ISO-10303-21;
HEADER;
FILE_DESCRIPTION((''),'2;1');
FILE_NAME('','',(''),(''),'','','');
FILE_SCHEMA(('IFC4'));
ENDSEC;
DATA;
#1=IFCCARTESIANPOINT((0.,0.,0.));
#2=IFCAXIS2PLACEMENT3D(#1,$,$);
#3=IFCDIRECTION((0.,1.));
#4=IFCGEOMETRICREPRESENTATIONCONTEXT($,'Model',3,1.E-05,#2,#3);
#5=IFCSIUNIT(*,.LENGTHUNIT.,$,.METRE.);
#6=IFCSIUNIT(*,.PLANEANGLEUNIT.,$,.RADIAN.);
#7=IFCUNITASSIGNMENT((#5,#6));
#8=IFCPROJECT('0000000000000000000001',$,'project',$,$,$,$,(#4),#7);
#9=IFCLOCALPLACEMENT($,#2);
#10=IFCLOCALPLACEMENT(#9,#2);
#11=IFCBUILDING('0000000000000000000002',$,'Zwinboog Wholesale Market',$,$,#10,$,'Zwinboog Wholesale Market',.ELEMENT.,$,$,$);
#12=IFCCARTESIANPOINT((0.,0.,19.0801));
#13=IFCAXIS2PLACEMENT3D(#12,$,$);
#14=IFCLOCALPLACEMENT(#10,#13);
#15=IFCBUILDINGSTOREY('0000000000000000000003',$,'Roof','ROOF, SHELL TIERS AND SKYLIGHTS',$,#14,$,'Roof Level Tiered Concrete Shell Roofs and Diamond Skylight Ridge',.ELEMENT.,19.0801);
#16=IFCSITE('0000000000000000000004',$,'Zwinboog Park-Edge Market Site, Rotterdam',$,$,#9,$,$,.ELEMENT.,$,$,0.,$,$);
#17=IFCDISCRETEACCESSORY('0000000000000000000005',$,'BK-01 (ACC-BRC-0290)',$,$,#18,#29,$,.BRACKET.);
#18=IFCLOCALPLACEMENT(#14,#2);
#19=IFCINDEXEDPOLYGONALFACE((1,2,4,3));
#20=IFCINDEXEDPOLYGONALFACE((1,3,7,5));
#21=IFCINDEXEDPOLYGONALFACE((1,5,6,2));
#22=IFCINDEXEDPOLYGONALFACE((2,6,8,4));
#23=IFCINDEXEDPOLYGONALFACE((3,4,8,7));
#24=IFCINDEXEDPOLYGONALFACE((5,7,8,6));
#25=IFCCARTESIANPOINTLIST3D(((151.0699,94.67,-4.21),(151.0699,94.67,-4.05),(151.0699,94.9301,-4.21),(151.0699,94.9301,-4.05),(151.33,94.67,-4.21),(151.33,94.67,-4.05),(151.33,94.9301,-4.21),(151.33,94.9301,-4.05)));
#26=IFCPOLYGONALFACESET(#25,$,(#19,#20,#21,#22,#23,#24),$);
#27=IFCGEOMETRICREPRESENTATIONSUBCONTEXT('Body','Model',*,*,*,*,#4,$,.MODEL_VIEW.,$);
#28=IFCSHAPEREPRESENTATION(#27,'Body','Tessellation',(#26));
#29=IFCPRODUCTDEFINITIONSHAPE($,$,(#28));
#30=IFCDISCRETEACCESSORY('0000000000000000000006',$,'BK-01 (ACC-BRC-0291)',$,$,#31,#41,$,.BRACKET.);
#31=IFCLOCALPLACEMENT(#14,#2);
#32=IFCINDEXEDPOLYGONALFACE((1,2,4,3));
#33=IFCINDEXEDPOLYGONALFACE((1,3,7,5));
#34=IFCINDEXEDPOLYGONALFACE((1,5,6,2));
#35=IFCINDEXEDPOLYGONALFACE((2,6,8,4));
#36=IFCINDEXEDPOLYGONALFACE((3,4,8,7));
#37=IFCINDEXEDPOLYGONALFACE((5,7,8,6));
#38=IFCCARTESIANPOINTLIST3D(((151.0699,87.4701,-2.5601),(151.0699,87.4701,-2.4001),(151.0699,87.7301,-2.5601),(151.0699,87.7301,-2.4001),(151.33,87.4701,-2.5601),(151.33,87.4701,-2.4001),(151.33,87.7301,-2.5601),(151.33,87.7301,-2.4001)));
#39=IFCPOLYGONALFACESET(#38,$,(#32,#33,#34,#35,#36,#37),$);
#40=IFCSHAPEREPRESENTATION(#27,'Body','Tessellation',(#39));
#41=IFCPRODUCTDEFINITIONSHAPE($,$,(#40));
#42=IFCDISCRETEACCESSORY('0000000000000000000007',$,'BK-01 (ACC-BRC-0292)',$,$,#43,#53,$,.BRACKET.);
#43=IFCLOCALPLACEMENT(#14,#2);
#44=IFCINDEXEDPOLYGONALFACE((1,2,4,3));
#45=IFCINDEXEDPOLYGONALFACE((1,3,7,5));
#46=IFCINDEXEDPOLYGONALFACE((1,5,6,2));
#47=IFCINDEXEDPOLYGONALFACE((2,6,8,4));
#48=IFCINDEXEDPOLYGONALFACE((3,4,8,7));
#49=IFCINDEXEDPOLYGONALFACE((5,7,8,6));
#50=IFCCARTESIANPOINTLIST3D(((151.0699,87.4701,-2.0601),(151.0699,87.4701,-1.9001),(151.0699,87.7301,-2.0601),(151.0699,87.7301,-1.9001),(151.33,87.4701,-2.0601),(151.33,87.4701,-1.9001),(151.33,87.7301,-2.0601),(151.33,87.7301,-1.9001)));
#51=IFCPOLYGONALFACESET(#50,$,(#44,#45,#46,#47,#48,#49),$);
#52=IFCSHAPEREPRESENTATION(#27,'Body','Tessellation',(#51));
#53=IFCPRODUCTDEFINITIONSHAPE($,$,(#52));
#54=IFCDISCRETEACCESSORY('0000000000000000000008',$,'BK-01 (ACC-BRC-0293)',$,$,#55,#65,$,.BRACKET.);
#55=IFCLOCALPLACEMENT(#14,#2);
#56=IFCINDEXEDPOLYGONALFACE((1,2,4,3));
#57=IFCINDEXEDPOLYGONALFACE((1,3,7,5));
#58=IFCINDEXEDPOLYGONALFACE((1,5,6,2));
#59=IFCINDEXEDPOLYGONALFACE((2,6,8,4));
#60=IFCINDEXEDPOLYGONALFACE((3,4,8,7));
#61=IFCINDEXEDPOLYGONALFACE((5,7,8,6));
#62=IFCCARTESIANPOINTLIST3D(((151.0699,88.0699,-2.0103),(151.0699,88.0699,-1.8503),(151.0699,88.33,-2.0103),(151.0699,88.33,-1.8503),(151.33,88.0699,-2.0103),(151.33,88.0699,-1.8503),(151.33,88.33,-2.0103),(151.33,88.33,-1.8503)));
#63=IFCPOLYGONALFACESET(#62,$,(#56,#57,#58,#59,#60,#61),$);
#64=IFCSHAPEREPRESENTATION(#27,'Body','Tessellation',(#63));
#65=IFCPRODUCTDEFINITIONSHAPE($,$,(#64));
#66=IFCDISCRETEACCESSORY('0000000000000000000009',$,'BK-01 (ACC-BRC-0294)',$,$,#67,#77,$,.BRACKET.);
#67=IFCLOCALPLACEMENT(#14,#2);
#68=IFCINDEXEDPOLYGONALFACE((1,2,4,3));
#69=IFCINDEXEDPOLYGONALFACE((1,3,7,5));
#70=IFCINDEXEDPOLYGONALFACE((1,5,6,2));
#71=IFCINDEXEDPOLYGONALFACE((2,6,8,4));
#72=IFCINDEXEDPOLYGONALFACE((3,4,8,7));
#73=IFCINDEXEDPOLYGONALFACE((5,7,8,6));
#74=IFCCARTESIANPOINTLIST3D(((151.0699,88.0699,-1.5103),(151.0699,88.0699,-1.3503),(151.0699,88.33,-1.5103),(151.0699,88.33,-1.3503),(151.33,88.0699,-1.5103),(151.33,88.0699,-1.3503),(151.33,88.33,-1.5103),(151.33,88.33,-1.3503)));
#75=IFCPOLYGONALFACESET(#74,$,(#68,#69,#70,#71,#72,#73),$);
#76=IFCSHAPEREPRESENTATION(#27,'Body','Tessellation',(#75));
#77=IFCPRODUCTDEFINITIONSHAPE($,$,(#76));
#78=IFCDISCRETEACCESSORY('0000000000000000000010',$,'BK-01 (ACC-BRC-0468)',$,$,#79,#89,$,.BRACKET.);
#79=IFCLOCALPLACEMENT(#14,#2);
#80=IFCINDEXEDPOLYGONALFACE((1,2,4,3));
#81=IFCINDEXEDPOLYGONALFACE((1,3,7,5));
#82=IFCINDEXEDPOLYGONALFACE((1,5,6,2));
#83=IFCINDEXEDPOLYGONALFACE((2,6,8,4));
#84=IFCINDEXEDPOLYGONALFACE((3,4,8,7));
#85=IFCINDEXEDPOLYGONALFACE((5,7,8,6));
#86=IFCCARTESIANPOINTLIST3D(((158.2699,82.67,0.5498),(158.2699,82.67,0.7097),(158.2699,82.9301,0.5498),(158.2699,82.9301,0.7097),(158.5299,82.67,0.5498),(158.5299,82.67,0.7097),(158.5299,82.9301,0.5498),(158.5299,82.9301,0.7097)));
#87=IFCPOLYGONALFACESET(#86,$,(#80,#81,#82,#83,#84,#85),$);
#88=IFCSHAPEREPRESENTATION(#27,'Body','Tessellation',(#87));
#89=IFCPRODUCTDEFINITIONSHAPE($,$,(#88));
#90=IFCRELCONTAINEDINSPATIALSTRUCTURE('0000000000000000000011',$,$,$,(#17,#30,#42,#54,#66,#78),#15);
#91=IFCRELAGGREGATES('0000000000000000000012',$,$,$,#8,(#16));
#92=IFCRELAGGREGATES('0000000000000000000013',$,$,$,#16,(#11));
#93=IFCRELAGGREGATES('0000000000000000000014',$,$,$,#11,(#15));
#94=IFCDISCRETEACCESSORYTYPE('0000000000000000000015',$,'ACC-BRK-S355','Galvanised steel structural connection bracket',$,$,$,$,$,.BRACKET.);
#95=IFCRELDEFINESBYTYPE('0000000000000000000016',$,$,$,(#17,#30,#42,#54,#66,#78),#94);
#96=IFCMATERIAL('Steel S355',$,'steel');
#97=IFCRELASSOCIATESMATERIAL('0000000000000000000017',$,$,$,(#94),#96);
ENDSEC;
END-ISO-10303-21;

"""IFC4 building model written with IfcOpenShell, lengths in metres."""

from ifc_helpers import new_model, si_unit, direction, frame, origin, origin_2d, place, context, subcontext, project, spatial, rectangle, extrude, material, type_object, element, save


model = new_model("IFC4")

# Units and contexts
model_context = context("Model", 3, precision=1e-05, world=origin(), true_north=direction((0.0, 1.0)))
body_context = subcontext(model_context, "Body", "Model", "MODEL_VIEW")
ifc_project = project(units=[si_unit("LENGTHUNIT", "METRE"), si_unit("PLANEANGLEUNIT", "RADIAN")], contexts=[model_context])

# Site, building, storey
site_placement = place(None, origin())
site = spatial("IfcSite", under=ifc_project, at=site_placement, Name="Zwinboog Park-Edge Market Site, Rotterdam", CompositionType="ELEMENT", RefElevation=0.0)
building_placement = place(site_placement, origin())
building = spatial("IfcBuilding", under=site, at=building_placement, Name="Zwinboog Wholesale Market", LongName="Zwinboog Wholesale Market", CompositionType="ELEMENT")
storey_placement = place(building_placement, frame((0.0, 0.0, 19.0801)))
storey = spatial("IfcBuildingStorey", under=building, at=storey_placement, Name="Roof", Description="ROOF, SHELL TIERS AND SKYLIGHTS", LongName="Roof Level Tiered Concrete Shell Roofs and Diamond Skylight Ridge", CompositionType="ELEMENT", Elevation=19.0801)

# Shared definitions
ifc_material_1 = material(Name="Steel S355", Category="steel")

# Discrete accessories
discrete_accessory_type = type_object("IfcDiscreteAccessoryType", Name="ACC-BRK-S355", Description="Galvanised steel structural connection bracket", PredefinedType="BRACKET", material=ifc_material_1)
for number, where, z_axis, x_axis, name in (
    (1, (151.2, 94.8, -4.21), (0.0, 0.0, 1.0), (1.0, 0.0, 0.0), "BK-01 (ACC-BRC-0290)"),
    (2, (151.2, 87.6001, -2.5601), (0.0, 0.0, 1.0), (1.0, 0.0, 0.0), "BK-01 (ACC-BRC-0291)"),
    (3, (151.2, 87.6001, -2.0601), (0.0, 0.0, 1.0), (1.0, 0.0, 0.0), "BK-01 (ACC-BRC-0292)"),
    (4, (151.2, 88.2, -2.0103), (0.0, 0.0, 1.0), (1.0, 0.0, 0.0), "BK-01 (ACC-BRC-0293)"),
    (5, (151.2, 88.2, -1.5103), (0.0, 0.0, 1.0), (1.0, 0.0, 0.0), "BK-01 (ACC-BRC-0294)"),
    (6, (158.3999, 82.8, 0.5498), (0.0, 0.0, 1.0), (1.0, 0.0, 0.0), "BK-01 (ACC-BRC-0468)"),
):
    element("IfcDiscreteAccessory", number, at=place(storey_placement, frame(where, z_axis=z_axis, x_axis=x_axis)), inside=storey, type_object=discrete_accessory_type, Name=name, PredefinedType="BRACKET", context=body_context, shape_type="SweptSolid", body=[
        extrude(rectangle(XDim=0.26, YDim=0.26, at=origin_2d()), origin(), (0.0, 0.0, 1.0), 0.1599),
    ])

save(model, "model.ifc")
